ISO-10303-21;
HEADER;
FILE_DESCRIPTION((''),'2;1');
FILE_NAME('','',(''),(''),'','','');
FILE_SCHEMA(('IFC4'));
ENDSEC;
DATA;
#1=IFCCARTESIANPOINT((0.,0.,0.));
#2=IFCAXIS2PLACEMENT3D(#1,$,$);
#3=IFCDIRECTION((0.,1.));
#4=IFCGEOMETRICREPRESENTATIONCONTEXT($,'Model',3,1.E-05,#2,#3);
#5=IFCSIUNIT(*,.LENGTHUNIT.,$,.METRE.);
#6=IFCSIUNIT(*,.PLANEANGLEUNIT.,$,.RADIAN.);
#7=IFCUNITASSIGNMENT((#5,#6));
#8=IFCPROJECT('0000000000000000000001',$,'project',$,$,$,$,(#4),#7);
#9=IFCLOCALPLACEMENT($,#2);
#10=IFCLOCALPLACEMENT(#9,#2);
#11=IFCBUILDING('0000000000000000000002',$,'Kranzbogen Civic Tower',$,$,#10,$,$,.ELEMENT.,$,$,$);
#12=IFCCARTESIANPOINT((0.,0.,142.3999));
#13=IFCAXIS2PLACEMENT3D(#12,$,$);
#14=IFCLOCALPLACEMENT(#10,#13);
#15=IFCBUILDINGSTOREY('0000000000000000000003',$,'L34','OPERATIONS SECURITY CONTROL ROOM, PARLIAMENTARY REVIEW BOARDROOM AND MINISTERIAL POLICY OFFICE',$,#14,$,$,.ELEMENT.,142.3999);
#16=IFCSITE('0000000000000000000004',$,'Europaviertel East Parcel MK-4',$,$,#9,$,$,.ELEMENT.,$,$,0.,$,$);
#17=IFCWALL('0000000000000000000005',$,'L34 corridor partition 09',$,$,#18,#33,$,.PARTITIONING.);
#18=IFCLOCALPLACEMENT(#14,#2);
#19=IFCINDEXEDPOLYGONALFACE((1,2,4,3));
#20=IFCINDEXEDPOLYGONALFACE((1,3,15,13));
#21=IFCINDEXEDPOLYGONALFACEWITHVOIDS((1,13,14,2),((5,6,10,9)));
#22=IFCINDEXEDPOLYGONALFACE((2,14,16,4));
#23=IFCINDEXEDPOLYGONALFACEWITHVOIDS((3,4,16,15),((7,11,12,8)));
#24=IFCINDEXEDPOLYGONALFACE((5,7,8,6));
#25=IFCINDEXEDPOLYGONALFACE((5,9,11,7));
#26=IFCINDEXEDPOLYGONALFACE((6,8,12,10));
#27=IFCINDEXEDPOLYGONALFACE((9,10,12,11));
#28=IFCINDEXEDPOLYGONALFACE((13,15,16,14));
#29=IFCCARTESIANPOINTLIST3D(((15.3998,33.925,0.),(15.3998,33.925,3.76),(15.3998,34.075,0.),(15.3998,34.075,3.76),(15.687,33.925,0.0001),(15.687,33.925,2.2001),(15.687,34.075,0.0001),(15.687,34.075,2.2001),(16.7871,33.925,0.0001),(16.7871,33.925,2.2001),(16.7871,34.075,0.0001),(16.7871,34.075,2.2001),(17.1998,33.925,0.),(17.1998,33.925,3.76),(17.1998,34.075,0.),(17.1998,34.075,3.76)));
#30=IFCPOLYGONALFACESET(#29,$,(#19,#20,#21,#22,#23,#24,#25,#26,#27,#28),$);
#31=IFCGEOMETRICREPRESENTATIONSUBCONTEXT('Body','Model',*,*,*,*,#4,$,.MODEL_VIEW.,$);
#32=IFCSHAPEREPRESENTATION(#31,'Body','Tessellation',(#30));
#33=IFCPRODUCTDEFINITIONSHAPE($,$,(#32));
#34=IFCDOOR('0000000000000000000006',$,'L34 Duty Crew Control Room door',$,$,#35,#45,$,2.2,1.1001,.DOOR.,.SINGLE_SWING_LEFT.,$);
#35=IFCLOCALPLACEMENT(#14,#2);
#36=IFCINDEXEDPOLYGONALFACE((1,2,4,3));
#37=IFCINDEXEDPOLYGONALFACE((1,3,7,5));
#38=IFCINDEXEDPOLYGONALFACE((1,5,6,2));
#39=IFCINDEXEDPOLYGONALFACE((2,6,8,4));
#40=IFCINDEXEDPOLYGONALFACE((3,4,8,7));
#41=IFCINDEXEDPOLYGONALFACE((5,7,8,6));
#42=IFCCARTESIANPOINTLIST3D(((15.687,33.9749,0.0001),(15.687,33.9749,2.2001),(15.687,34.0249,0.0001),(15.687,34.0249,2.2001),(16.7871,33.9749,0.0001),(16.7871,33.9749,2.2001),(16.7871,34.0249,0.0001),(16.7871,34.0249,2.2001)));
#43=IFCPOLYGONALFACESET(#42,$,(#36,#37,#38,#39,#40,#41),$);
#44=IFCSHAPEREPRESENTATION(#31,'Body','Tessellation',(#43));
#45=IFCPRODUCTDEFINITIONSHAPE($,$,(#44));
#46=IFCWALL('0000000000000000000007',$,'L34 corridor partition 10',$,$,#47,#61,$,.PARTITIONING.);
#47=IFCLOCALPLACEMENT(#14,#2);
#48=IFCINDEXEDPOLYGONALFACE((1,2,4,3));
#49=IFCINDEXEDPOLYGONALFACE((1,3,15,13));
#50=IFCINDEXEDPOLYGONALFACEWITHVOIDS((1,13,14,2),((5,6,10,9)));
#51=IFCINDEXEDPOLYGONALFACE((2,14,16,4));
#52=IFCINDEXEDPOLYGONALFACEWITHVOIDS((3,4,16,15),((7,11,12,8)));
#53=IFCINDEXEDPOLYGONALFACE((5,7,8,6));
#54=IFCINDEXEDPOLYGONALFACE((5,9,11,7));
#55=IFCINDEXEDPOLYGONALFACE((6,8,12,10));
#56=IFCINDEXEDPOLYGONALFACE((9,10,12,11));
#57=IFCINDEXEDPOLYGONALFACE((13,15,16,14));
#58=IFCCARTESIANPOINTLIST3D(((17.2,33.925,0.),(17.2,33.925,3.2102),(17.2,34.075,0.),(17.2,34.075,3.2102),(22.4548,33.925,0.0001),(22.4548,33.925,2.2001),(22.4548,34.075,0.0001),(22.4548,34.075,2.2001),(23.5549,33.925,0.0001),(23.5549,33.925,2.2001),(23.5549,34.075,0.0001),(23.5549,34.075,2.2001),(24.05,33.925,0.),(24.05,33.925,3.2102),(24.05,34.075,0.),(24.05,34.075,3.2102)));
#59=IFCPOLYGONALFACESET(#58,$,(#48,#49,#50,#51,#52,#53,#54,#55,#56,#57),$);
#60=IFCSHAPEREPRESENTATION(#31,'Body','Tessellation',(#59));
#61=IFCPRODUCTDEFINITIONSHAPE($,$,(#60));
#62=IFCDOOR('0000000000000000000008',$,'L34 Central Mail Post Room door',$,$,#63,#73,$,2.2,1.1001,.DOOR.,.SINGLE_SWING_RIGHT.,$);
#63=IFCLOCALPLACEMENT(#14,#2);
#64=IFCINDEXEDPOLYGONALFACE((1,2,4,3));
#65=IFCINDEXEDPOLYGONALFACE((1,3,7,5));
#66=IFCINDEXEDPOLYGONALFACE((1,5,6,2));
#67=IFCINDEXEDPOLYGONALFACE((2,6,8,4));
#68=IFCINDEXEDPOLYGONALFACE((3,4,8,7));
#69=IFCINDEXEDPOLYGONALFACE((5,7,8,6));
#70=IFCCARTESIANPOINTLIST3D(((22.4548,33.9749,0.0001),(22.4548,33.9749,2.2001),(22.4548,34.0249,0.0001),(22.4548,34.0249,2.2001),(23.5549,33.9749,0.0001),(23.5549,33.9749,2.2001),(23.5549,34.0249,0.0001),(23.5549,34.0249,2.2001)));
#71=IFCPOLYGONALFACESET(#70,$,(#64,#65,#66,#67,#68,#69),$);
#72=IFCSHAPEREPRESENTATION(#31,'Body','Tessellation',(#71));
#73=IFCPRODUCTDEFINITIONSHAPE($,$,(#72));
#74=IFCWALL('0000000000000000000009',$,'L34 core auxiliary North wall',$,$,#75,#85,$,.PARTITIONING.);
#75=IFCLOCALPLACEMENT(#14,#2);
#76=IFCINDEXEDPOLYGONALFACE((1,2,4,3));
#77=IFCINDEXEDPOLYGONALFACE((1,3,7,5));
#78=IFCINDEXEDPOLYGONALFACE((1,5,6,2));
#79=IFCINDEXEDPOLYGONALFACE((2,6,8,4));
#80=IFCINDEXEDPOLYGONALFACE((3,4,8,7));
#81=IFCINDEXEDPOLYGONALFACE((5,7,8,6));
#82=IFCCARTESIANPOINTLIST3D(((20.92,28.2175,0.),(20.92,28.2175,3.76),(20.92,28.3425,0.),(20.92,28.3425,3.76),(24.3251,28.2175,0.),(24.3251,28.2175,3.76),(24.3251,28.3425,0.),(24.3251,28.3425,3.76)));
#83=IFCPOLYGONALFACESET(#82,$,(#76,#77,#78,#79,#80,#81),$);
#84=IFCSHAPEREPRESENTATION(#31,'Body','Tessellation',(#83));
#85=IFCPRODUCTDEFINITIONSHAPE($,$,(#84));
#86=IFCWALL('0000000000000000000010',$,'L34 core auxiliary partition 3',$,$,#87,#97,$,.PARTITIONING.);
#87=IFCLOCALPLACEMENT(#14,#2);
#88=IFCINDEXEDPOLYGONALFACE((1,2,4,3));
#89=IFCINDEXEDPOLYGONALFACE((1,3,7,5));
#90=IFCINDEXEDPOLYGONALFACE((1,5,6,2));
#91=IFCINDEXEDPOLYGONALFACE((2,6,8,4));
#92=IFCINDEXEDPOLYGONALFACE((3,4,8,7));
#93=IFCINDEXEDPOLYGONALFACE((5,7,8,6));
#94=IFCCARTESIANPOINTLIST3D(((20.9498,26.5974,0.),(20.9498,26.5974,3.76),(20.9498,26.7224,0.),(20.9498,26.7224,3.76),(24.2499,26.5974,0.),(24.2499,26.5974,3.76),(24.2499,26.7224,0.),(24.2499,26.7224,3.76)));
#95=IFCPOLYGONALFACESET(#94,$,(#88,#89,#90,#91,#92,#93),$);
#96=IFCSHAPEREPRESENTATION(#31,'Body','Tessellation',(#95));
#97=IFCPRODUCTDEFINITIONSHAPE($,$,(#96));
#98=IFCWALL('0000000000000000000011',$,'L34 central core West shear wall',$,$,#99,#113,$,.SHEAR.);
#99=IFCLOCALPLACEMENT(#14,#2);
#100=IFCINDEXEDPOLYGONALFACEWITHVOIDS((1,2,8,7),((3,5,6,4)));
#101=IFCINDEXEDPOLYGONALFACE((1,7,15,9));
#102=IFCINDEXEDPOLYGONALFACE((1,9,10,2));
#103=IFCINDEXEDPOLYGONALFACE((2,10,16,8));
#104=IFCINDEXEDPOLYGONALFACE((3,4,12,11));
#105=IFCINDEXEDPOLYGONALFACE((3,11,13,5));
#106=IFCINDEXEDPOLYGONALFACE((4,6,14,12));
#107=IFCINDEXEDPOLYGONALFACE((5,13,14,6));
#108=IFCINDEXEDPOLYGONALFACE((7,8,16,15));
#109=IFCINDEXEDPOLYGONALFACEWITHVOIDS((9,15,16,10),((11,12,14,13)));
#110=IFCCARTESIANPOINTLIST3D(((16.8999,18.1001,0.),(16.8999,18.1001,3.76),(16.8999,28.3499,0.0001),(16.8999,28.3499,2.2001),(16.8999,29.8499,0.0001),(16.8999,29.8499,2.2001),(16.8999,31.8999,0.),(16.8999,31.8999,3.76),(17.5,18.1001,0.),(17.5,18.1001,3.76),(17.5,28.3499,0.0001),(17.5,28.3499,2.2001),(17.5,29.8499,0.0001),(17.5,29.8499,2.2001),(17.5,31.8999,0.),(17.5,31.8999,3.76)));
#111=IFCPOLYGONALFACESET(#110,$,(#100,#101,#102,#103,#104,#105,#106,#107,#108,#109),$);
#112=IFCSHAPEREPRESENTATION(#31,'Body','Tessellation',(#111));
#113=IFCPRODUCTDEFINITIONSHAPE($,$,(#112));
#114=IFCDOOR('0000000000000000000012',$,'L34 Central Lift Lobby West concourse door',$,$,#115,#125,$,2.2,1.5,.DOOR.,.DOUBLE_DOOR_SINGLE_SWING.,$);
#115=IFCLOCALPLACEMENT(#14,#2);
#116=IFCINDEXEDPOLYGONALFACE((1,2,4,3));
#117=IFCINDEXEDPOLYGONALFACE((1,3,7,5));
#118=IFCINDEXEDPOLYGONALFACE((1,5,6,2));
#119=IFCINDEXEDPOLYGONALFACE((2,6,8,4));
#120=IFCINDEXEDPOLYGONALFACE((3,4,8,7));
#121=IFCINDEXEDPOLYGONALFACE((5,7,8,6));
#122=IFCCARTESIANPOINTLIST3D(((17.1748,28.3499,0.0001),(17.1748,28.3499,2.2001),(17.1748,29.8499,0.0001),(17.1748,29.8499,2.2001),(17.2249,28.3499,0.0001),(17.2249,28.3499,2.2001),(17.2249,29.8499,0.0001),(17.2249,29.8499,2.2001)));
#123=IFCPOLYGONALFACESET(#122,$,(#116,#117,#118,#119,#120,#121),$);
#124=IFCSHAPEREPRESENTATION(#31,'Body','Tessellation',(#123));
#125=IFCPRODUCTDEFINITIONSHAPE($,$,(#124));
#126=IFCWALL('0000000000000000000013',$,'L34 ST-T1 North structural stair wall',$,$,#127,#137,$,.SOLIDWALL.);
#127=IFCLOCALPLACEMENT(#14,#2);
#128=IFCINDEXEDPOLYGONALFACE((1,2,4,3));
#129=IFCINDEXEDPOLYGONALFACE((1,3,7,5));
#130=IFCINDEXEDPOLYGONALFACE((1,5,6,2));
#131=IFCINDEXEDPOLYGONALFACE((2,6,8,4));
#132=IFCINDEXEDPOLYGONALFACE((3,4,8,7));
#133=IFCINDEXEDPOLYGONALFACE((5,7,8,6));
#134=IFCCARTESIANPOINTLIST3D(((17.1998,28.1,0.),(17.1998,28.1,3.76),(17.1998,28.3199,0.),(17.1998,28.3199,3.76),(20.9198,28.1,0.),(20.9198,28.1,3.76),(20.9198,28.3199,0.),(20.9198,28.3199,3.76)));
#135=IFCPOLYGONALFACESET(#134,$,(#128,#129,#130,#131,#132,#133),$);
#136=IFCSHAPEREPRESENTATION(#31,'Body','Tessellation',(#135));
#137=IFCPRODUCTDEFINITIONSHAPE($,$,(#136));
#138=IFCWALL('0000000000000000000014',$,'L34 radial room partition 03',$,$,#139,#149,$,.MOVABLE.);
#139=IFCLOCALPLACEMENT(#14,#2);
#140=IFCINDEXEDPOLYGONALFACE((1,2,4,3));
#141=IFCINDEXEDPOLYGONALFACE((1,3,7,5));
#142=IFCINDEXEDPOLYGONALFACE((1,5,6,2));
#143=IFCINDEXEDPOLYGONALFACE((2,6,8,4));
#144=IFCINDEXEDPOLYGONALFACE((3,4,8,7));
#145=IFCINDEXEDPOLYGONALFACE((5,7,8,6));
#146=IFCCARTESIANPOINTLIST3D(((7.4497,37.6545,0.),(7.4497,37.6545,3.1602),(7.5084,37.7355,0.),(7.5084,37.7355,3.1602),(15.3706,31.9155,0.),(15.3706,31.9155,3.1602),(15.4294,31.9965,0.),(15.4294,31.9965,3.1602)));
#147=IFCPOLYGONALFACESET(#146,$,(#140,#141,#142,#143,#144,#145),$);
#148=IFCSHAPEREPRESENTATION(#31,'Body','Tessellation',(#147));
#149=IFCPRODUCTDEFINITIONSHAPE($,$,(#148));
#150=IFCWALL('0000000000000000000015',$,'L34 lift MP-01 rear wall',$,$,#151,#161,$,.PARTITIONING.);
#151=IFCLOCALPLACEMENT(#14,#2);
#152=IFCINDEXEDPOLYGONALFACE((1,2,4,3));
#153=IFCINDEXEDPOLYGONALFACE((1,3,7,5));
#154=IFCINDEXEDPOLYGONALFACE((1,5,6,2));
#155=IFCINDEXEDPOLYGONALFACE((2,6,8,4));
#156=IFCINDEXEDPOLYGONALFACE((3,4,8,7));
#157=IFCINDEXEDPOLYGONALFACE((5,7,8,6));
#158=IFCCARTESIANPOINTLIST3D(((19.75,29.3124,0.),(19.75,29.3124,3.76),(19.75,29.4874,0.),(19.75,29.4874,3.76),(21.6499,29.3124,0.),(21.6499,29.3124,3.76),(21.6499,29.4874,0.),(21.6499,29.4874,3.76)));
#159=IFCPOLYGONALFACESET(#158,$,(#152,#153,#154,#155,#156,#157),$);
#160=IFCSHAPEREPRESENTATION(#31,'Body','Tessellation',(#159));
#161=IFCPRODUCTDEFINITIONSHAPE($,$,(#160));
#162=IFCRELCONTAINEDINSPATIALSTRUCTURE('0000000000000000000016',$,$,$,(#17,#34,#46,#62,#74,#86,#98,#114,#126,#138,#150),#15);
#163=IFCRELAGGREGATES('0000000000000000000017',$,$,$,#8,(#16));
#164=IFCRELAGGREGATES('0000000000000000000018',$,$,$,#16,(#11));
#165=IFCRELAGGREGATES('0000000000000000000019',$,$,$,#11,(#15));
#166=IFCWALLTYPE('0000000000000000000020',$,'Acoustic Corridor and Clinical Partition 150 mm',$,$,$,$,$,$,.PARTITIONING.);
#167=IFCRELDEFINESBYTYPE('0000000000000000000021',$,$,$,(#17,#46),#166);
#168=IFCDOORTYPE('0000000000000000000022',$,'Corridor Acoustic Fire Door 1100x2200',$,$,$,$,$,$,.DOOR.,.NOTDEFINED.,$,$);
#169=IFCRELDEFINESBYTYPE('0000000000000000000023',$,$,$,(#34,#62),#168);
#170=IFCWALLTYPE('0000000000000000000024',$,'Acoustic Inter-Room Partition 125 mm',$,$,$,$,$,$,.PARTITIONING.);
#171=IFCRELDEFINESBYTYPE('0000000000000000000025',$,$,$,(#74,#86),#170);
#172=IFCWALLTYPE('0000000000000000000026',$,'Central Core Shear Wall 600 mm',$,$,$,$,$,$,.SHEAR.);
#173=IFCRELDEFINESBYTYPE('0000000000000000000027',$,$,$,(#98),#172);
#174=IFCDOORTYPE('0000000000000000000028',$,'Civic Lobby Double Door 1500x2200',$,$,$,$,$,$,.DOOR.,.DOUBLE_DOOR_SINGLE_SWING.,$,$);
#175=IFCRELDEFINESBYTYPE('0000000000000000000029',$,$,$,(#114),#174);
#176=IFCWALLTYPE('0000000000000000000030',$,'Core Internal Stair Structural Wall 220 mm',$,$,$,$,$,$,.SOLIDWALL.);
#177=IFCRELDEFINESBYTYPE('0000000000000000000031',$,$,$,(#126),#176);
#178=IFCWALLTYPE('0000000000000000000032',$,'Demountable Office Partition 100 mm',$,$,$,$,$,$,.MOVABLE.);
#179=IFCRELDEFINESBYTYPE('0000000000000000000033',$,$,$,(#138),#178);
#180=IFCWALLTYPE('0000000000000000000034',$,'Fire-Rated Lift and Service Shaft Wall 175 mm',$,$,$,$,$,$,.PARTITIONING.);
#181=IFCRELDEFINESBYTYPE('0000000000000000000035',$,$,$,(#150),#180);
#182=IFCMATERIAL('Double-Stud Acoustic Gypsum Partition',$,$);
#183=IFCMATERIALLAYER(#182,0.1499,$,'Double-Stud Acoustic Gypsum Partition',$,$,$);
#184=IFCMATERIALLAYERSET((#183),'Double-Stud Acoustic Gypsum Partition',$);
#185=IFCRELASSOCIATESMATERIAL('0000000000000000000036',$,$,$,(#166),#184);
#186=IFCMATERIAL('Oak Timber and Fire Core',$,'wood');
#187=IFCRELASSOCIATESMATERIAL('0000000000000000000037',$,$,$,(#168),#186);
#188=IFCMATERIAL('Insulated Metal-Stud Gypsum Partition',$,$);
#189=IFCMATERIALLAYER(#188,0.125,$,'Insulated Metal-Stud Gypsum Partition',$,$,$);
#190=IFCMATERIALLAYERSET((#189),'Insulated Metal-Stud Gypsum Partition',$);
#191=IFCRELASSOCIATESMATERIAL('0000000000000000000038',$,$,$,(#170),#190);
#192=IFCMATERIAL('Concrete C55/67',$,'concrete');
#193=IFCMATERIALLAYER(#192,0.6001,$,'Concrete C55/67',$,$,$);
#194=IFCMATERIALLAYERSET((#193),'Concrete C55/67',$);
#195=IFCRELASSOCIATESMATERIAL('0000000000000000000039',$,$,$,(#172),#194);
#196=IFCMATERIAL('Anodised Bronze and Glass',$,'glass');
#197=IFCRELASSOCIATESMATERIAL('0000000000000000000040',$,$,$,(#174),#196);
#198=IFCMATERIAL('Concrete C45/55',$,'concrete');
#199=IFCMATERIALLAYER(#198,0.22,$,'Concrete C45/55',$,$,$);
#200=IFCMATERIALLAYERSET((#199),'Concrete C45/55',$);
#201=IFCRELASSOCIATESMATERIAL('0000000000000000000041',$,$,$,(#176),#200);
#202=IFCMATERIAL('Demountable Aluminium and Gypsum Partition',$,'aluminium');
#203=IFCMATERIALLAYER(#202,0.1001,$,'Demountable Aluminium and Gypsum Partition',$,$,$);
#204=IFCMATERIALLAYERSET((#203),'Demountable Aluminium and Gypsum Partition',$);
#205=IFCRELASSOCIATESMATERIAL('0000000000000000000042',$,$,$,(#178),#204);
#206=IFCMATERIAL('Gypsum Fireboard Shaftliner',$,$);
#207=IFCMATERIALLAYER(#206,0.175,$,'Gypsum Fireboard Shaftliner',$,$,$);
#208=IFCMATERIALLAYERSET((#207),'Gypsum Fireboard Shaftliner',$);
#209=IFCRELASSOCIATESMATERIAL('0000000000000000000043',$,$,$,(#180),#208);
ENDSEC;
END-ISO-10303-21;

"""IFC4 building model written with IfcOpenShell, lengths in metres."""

from ifc_helpers import new_model, si_unit, direction, frame, frame_2d, origin, place, context, subcontext, project, spatial, rectangle, extrude, material, layer, layer_set, type_object, element, fill, save


model = new_model("IFC4")

# Units and contexts
model_context = context("Model", 3, precision=1e-05, world=origin(), true_north=direction((0.0, 1.0)))
body_context = subcontext(model_context, "Body", "Model", "MODEL_VIEW")
ifc_project = project(units=[si_unit("LENGTHUNIT", "METRE"), si_unit("PLANEANGLEUNIT", "RADIAN")], contexts=[model_context])

# Site, building, storey
site_placement = place(None, origin())
site = spatial("IfcSite", under=ifc_project, at=site_placement, Name="Europaviertel East Parcel MK-4", CompositionType="ELEMENT", RefElevation=0.0)
building_placement = place(site_placement, origin())
building = spatial("IfcBuilding", under=site, at=building_placement, Name="Kranzbogen Civic Tower", CompositionType="ELEMENT")
storey_placement = place(building_placement, frame((0.0, 0.0, 142.3999)))
storey = spatial("IfcBuildingStorey", under=building, at=storey_placement, Name="L34", Description="OPERATIONS SECURITY CONTROL ROOM, PARLIAMENTARY REVIEW BOARDROOM AND MINISTERIAL POLICY OFFICE", CompositionType="ELEMENT", Elevation=142.3999)

# Shared definitions
ifc_material_1 = material(Name="Double-Stud Acoustic Gypsum Partition")
ifc_layer_1 = layer(ifc_material_1, 0.1499, Name="Double-Stud Acoustic Gypsum Partition")
ifc_layer_set_1 = layer_set([ifc_layer_1], Name="Double-Stud Acoustic Gypsum Partition")
wall_type_1 = type_object("IfcWallType", Name="Acoustic Corridor and Clinical Partition 150 mm", PredefinedType="PARTITIONING", material=ifc_layer_set_1)

# Walls, openings, doors
wall_1_placement = place(storey_placement, frame((15.3999, 34.0, 0.0), z_axis=(0.0, 0.0, 1.0), x_axis=(1.0, 0.0, 0.0)))
wall_1 = element("IfcWall", 1, at=wall_1_placement, inside=storey, type_object=wall_type_1, Name="L34 corridor partition 09", PredefinedType="PARTITIONING", context=body_context, shape_type="SweptSolid", body=[
    extrude(rectangle(XDim=1.8, YDim=0.1499, at=frame_2d((0.8999, 0.0))), origin(), (0.0, 0.0, 1.0), 3.76),
])
opening_1_placement = place(wall_1_placement, frame((0.2871, 0.0, 0.0)))
opening_1 = element("IfcOpeningElement", 2, at=opening_1_placement, cuts=wall_1, PredefinedType="OPENING", context=body_context, shape_type="SweptSolid", body=[
    extrude(rectangle(XDim=1.1001, YDim=2.2, at=frame_2d((0.55, 1.1001))), frame((0.0, 0.085, 0.0), z_axis=(0.0, -1.0, 0.0), x_axis=(1.0, 0.0, 0.0)), (0.0, 0.0, 1.0), 0.1699),
])
ifc_material_2 = material(Name="Oak Timber and Fire Core", Category="wood")
door_type_1 = type_object("IfcDoorType", Name="Corridor Acoustic Fire Door 1100x2200", OperationType="NOTDEFINED", PredefinedType="DOOR", material=ifc_material_2)
door_1_placement = place(opening_1_placement, origin())
door_1 = element("IfcDoor", 3, at=door_1_placement, inside=storey, type_object=door_type_1, Name="L34 Duty Crew Control Room door", OperationType="SINGLE_SWING_LEFT", OverallHeight=2.2, OverallWidth=1.1001, PredefinedType="DOOR", context=body_context, shape_type="SweptSolid", body=[
    extrude(rectangle(XDim=1.1001, YDim=2.2, at=frame_2d((0.55, 1.1001))), frame((0.0, 0.0249, 0.0), z_axis=(0.0, -1.0, 0.0), x_axis=(1.0, 0.0, 0.0)), (0.0, 0.0, 1.0), 0.05),
])
fill(opening_1, door_1)
wall_2_placement = place(storey_placement, frame((17.2, 34.0, 0.0), z_axis=(0.0, 0.0, 1.0), x_axis=(1.0, 0.0, 0.0)))
wall_2 = element("IfcWall", 4, at=wall_2_placement, inside=storey, type_object=wall_type_1, Name="L34 corridor partition 10", PredefinedType="PARTITIONING", context=body_context, shape_type="SweptSolid", body=[
    extrude(rectangle(XDim=6.8501, YDim=0.1499, at=frame_2d((3.425, 0.0))), origin(), (0.0, 0.0, 1.0), 3.2102),
])
opening_2_placement = place(wall_2_placement, frame((5.2549, 0.0, 0.0)))
opening_2 = element("IfcOpeningElement", 5, at=opening_2_placement, cuts=wall_2, PredefinedType="OPENING", context=body_context, shape_type="SweptSolid", body=[
    extrude(rectangle(XDim=1.1001, YDim=2.2, at=frame_2d((0.55, 1.1001))), frame((0.0, 0.085, 0.0), z_axis=(0.0, -1.0, 0.0), x_axis=(1.0, 0.0, 0.0)), (0.0, 0.0, 1.0), 0.1699),
])
door_2_placement = place(opening_2_placement, origin())
door_2 = element("IfcDoor", 6, at=door_2_placement, inside=storey, type_object=door_type_1, Name="L34 Central Mail Post Room door", OperationType="SINGLE_SWING_RIGHT", OverallHeight=2.2, OverallWidth=1.1001, PredefinedType="DOOR", context=body_context, shape_type="SweptSolid", body=[
    extrude(rectangle(XDim=1.1001, YDim=2.2, at=frame_2d((0.55, 1.1001))), frame((0.0, 0.0249, 0.0), z_axis=(0.0, -1.0, 0.0), x_axis=(1.0, 0.0, 0.0)), (0.0, 0.0, 1.0), 0.05),
])
fill(opening_2, door_2)

# Walls
ifc_material_3 = material(Name="Insulated Metal-Stud Gypsum Partition")
ifc_layer_2 = layer(ifc_material_3, 0.125, Name="Insulated Metal-Stud Gypsum Partition")
ifc_layer_set_2 = layer_set([ifc_layer_2], Name="Insulated Metal-Stud Gypsum Partition")
wall_type_2 = type_object("IfcWallType", Name="Acoustic Inter-Room Partition 125 mm", PredefinedType="PARTITIONING", material=ifc_layer_set_2)
wall_3_placement = place(storey_placement, frame((20.9199, 28.28, 0.0), z_axis=(0.0, 0.0, 1.0), x_axis=(1.0, 0.0, 0.0)))
element("IfcWall", 7, at=wall_3_placement, inside=storey, type_object=wall_type_2, Name="L34 core auxiliary North wall", PredefinedType="PARTITIONING", context=body_context, shape_type="SweptSolid", body=[
    extrude(rectangle(XDim=3.405, YDim=0.125, at=frame_2d((1.7026, 0.0))), origin(), (0.0, 0.0, 1.0), 3.76),
])
wall_4_placement = place(storey_placement, frame((20.95, 26.6599, 0.0), z_axis=(0.0, 0.0, 1.0), x_axis=(1.0, 0.0, 0.0)))
element("IfcWall", 8, at=wall_4_placement, inside=storey, type_object=wall_type_2, Name="L34 core auxiliary partition 3", PredefinedType="PARTITIONING", context=body_context, shape_type="SweptSolid", body=[
    extrude(rectangle(XDim=3.3, YDim=0.125, at=frame_2d((1.6499, 0.0))), origin(), (0.0, 0.0, 1.0), 3.76),
])

# Wall, opening, door
ifc_material_4 = material(Name="Concrete C55/67", Category="concrete")
ifc_layer_3 = layer(ifc_material_4, 0.6001, Name="Concrete C55/67")
ifc_layer_set_3 = layer_set([ifc_layer_3], Name="Concrete C55/67")
wall_type_3 = type_object("IfcWallType", Name="Central Core Shear Wall 600 mm", PredefinedType="SHEAR", material=ifc_layer_set_3)
wall_5_placement = place(storey_placement, frame((17.2, 31.8999, 0.0), z_axis=(0.0, 0.0, 1.0), x_axis=(0.0, -1.0, 0.0)))
wall_5 = element("IfcWall", 9, at=wall_5_placement, inside=storey, type_object=wall_type_3, Name="L34 central core West shear wall", PredefinedType="SHEAR", context=body_context, shape_type="SweptSolid", body=[
    extrude(rectangle(XDim=13.7998, YDim=0.6001, at=frame_2d((6.8999, 0.0))), origin(), (0.0, 0.0, 1.0), 3.76),
])
opening_3_placement = place(wall_5_placement, frame((2.05, 0.0, 0.0)))
opening_3 = element("IfcOpeningElement", 10, at=opening_3_placement, cuts=wall_5, PredefinedType="OPENING", context=body_context, shape_type="SweptSolid", body=[
    extrude(rectangle(XDim=1.5, YDim=2.2, at=frame_2d((0.75, 1.1001))), frame((0.0, 0.3101, 0.0), z_axis=(0.0, -1.0, 0.0), x_axis=(1.0, 0.0, 0.0)), (0.0, 0.0, 1.0), 0.6201),
])
ifc_material_5 = material(Name="Anodised Bronze and Glass", Category="glass")
door_type_2 = type_object("IfcDoorType", Name="Civic Lobby Double Door 1500x2200", OperationType="DOUBLE_DOOR_SINGLE_SWING", PredefinedType="DOOR", material=ifc_material_5)
door_3_placement = place(opening_3_placement, origin())
door_3 = element("IfcDoor", 11, at=door_3_placement, inside=storey, type_object=door_type_2, Name="L34 Central Lift Lobby West concourse door", OperationType="DOUBLE_DOOR_SINGLE_SWING", OverallHeight=2.2, OverallWidth=1.5, PredefinedType="DOOR", context=body_context, shape_type="SweptSolid", body=[
    extrude(rectangle(XDim=1.5, YDim=2.2, at=frame_2d((0.75, 1.1001))), frame((0.0, 0.0249, 0.0), z_axis=(0.0, -1.0, 0.0), x_axis=(1.0, 0.0, 0.0)), (0.0, 0.0, 1.0), 0.05),
])
fill(opening_3, door_3)

# Walls
ifc_material_6 = material(Name="Concrete C45/55", Category="concrete")
ifc_layer_4 = layer(ifc_material_6, 0.22, Name="Concrete C45/55")
ifc_layer_set_4 = layer_set([ifc_layer_4], Name="Concrete C45/55")
wall_type_4 = type_object("IfcWallType", Name="Core Internal Stair Structural Wall 220 mm", PredefinedType="SOLIDWALL", material=ifc_layer_set_4)
wall_6_placement = place(storey_placement, frame((17.2, 28.21, 0.0), z_axis=(0.0, 0.0, 1.0), x_axis=(1.0, 0.0, 0.0)))
element("IfcWall", 12, at=wall_6_placement, inside=storey, type_object=wall_type_4, Name="L34 ST-T1 North structural stair wall", PredefinedType="SOLIDWALL", context=body_context, shape_type="SweptSolid", body=[
    extrude(rectangle(XDim=3.72, YDim=0.22, at=frame_2d((1.8599, 0.0))), origin(), (0.0, 0.0, 1.0), 3.76),
])
ifc_material_7 = material(Name="Demountable Aluminium and Gypsum Partition", Category="aluminium")
ifc_layer_5 = layer(ifc_material_7, 0.1001, Name="Demountable Aluminium and Gypsum Partition")
ifc_layer_set_5 = layer_set([ifc_layer_5], Name="Demountable Aluminium and Gypsum Partition")
wall_type_5 = type_object("IfcWallType", Name="Demountable Office Partition 100 mm", PredefinedType="MOVABLE", material=ifc_layer_set_5)
wall_7_placement = place(storey_placement, frame((15.3999, 31.9561, 0.0), z_axis=(0.0, 0.0, 1.0), x_axis=(-0.809787, 0.586724, 0.0)))
element("IfcWall", 13, at=wall_7_placement, inside=storey, type_object=wall_type_5, Name="L34 radial room partition 03", PredefinedType="MOVABLE", context=body_context, shape_type="SweptSolid", body=[
    extrude(rectangle(XDim=9.7815, YDim=0.1001, at=frame_2d((4.8906, 0.0))), origin(), (0.0, 0.0, 1.0), 3.1602),
])
ifc_material_8 = material(Name="Gypsum Fireboard Shaftliner")
ifc_layer_6 = layer(ifc_material_8, 0.175, Name="Gypsum Fireboard Shaftliner")
ifc_layer_set_6 = layer_set([ifc_layer_6], Name="Gypsum Fireboard Shaftliner")
wall_type_6 = type_object("IfcWallType", Name="Fire-Rated Lift and Service Shaft Wall 175 mm", PredefinedType="PARTITIONING", material=ifc_layer_set_6)
wall_8_placement = place(storey_placement, frame((19.75, 29.3999, 0.0), z_axis=(0.0, 0.0, 1.0), x_axis=(1.0, 0.0, 0.0)))
element("IfcWall", 14, at=wall_8_placement, inside=storey, type_object=wall_type_6, Name="L34 lift MP-01 rear wall", PredefinedType="PARTITIONING", context=body_context, shape_type="SweptSolid", body=[
    extrude(rectangle(XDim=1.8999, YDim=0.175, at=frame_2d((0.95, 0.0))), origin(), (0.0, 0.0, 1.0), 3.76),
])

save(model, "model.ifc")
